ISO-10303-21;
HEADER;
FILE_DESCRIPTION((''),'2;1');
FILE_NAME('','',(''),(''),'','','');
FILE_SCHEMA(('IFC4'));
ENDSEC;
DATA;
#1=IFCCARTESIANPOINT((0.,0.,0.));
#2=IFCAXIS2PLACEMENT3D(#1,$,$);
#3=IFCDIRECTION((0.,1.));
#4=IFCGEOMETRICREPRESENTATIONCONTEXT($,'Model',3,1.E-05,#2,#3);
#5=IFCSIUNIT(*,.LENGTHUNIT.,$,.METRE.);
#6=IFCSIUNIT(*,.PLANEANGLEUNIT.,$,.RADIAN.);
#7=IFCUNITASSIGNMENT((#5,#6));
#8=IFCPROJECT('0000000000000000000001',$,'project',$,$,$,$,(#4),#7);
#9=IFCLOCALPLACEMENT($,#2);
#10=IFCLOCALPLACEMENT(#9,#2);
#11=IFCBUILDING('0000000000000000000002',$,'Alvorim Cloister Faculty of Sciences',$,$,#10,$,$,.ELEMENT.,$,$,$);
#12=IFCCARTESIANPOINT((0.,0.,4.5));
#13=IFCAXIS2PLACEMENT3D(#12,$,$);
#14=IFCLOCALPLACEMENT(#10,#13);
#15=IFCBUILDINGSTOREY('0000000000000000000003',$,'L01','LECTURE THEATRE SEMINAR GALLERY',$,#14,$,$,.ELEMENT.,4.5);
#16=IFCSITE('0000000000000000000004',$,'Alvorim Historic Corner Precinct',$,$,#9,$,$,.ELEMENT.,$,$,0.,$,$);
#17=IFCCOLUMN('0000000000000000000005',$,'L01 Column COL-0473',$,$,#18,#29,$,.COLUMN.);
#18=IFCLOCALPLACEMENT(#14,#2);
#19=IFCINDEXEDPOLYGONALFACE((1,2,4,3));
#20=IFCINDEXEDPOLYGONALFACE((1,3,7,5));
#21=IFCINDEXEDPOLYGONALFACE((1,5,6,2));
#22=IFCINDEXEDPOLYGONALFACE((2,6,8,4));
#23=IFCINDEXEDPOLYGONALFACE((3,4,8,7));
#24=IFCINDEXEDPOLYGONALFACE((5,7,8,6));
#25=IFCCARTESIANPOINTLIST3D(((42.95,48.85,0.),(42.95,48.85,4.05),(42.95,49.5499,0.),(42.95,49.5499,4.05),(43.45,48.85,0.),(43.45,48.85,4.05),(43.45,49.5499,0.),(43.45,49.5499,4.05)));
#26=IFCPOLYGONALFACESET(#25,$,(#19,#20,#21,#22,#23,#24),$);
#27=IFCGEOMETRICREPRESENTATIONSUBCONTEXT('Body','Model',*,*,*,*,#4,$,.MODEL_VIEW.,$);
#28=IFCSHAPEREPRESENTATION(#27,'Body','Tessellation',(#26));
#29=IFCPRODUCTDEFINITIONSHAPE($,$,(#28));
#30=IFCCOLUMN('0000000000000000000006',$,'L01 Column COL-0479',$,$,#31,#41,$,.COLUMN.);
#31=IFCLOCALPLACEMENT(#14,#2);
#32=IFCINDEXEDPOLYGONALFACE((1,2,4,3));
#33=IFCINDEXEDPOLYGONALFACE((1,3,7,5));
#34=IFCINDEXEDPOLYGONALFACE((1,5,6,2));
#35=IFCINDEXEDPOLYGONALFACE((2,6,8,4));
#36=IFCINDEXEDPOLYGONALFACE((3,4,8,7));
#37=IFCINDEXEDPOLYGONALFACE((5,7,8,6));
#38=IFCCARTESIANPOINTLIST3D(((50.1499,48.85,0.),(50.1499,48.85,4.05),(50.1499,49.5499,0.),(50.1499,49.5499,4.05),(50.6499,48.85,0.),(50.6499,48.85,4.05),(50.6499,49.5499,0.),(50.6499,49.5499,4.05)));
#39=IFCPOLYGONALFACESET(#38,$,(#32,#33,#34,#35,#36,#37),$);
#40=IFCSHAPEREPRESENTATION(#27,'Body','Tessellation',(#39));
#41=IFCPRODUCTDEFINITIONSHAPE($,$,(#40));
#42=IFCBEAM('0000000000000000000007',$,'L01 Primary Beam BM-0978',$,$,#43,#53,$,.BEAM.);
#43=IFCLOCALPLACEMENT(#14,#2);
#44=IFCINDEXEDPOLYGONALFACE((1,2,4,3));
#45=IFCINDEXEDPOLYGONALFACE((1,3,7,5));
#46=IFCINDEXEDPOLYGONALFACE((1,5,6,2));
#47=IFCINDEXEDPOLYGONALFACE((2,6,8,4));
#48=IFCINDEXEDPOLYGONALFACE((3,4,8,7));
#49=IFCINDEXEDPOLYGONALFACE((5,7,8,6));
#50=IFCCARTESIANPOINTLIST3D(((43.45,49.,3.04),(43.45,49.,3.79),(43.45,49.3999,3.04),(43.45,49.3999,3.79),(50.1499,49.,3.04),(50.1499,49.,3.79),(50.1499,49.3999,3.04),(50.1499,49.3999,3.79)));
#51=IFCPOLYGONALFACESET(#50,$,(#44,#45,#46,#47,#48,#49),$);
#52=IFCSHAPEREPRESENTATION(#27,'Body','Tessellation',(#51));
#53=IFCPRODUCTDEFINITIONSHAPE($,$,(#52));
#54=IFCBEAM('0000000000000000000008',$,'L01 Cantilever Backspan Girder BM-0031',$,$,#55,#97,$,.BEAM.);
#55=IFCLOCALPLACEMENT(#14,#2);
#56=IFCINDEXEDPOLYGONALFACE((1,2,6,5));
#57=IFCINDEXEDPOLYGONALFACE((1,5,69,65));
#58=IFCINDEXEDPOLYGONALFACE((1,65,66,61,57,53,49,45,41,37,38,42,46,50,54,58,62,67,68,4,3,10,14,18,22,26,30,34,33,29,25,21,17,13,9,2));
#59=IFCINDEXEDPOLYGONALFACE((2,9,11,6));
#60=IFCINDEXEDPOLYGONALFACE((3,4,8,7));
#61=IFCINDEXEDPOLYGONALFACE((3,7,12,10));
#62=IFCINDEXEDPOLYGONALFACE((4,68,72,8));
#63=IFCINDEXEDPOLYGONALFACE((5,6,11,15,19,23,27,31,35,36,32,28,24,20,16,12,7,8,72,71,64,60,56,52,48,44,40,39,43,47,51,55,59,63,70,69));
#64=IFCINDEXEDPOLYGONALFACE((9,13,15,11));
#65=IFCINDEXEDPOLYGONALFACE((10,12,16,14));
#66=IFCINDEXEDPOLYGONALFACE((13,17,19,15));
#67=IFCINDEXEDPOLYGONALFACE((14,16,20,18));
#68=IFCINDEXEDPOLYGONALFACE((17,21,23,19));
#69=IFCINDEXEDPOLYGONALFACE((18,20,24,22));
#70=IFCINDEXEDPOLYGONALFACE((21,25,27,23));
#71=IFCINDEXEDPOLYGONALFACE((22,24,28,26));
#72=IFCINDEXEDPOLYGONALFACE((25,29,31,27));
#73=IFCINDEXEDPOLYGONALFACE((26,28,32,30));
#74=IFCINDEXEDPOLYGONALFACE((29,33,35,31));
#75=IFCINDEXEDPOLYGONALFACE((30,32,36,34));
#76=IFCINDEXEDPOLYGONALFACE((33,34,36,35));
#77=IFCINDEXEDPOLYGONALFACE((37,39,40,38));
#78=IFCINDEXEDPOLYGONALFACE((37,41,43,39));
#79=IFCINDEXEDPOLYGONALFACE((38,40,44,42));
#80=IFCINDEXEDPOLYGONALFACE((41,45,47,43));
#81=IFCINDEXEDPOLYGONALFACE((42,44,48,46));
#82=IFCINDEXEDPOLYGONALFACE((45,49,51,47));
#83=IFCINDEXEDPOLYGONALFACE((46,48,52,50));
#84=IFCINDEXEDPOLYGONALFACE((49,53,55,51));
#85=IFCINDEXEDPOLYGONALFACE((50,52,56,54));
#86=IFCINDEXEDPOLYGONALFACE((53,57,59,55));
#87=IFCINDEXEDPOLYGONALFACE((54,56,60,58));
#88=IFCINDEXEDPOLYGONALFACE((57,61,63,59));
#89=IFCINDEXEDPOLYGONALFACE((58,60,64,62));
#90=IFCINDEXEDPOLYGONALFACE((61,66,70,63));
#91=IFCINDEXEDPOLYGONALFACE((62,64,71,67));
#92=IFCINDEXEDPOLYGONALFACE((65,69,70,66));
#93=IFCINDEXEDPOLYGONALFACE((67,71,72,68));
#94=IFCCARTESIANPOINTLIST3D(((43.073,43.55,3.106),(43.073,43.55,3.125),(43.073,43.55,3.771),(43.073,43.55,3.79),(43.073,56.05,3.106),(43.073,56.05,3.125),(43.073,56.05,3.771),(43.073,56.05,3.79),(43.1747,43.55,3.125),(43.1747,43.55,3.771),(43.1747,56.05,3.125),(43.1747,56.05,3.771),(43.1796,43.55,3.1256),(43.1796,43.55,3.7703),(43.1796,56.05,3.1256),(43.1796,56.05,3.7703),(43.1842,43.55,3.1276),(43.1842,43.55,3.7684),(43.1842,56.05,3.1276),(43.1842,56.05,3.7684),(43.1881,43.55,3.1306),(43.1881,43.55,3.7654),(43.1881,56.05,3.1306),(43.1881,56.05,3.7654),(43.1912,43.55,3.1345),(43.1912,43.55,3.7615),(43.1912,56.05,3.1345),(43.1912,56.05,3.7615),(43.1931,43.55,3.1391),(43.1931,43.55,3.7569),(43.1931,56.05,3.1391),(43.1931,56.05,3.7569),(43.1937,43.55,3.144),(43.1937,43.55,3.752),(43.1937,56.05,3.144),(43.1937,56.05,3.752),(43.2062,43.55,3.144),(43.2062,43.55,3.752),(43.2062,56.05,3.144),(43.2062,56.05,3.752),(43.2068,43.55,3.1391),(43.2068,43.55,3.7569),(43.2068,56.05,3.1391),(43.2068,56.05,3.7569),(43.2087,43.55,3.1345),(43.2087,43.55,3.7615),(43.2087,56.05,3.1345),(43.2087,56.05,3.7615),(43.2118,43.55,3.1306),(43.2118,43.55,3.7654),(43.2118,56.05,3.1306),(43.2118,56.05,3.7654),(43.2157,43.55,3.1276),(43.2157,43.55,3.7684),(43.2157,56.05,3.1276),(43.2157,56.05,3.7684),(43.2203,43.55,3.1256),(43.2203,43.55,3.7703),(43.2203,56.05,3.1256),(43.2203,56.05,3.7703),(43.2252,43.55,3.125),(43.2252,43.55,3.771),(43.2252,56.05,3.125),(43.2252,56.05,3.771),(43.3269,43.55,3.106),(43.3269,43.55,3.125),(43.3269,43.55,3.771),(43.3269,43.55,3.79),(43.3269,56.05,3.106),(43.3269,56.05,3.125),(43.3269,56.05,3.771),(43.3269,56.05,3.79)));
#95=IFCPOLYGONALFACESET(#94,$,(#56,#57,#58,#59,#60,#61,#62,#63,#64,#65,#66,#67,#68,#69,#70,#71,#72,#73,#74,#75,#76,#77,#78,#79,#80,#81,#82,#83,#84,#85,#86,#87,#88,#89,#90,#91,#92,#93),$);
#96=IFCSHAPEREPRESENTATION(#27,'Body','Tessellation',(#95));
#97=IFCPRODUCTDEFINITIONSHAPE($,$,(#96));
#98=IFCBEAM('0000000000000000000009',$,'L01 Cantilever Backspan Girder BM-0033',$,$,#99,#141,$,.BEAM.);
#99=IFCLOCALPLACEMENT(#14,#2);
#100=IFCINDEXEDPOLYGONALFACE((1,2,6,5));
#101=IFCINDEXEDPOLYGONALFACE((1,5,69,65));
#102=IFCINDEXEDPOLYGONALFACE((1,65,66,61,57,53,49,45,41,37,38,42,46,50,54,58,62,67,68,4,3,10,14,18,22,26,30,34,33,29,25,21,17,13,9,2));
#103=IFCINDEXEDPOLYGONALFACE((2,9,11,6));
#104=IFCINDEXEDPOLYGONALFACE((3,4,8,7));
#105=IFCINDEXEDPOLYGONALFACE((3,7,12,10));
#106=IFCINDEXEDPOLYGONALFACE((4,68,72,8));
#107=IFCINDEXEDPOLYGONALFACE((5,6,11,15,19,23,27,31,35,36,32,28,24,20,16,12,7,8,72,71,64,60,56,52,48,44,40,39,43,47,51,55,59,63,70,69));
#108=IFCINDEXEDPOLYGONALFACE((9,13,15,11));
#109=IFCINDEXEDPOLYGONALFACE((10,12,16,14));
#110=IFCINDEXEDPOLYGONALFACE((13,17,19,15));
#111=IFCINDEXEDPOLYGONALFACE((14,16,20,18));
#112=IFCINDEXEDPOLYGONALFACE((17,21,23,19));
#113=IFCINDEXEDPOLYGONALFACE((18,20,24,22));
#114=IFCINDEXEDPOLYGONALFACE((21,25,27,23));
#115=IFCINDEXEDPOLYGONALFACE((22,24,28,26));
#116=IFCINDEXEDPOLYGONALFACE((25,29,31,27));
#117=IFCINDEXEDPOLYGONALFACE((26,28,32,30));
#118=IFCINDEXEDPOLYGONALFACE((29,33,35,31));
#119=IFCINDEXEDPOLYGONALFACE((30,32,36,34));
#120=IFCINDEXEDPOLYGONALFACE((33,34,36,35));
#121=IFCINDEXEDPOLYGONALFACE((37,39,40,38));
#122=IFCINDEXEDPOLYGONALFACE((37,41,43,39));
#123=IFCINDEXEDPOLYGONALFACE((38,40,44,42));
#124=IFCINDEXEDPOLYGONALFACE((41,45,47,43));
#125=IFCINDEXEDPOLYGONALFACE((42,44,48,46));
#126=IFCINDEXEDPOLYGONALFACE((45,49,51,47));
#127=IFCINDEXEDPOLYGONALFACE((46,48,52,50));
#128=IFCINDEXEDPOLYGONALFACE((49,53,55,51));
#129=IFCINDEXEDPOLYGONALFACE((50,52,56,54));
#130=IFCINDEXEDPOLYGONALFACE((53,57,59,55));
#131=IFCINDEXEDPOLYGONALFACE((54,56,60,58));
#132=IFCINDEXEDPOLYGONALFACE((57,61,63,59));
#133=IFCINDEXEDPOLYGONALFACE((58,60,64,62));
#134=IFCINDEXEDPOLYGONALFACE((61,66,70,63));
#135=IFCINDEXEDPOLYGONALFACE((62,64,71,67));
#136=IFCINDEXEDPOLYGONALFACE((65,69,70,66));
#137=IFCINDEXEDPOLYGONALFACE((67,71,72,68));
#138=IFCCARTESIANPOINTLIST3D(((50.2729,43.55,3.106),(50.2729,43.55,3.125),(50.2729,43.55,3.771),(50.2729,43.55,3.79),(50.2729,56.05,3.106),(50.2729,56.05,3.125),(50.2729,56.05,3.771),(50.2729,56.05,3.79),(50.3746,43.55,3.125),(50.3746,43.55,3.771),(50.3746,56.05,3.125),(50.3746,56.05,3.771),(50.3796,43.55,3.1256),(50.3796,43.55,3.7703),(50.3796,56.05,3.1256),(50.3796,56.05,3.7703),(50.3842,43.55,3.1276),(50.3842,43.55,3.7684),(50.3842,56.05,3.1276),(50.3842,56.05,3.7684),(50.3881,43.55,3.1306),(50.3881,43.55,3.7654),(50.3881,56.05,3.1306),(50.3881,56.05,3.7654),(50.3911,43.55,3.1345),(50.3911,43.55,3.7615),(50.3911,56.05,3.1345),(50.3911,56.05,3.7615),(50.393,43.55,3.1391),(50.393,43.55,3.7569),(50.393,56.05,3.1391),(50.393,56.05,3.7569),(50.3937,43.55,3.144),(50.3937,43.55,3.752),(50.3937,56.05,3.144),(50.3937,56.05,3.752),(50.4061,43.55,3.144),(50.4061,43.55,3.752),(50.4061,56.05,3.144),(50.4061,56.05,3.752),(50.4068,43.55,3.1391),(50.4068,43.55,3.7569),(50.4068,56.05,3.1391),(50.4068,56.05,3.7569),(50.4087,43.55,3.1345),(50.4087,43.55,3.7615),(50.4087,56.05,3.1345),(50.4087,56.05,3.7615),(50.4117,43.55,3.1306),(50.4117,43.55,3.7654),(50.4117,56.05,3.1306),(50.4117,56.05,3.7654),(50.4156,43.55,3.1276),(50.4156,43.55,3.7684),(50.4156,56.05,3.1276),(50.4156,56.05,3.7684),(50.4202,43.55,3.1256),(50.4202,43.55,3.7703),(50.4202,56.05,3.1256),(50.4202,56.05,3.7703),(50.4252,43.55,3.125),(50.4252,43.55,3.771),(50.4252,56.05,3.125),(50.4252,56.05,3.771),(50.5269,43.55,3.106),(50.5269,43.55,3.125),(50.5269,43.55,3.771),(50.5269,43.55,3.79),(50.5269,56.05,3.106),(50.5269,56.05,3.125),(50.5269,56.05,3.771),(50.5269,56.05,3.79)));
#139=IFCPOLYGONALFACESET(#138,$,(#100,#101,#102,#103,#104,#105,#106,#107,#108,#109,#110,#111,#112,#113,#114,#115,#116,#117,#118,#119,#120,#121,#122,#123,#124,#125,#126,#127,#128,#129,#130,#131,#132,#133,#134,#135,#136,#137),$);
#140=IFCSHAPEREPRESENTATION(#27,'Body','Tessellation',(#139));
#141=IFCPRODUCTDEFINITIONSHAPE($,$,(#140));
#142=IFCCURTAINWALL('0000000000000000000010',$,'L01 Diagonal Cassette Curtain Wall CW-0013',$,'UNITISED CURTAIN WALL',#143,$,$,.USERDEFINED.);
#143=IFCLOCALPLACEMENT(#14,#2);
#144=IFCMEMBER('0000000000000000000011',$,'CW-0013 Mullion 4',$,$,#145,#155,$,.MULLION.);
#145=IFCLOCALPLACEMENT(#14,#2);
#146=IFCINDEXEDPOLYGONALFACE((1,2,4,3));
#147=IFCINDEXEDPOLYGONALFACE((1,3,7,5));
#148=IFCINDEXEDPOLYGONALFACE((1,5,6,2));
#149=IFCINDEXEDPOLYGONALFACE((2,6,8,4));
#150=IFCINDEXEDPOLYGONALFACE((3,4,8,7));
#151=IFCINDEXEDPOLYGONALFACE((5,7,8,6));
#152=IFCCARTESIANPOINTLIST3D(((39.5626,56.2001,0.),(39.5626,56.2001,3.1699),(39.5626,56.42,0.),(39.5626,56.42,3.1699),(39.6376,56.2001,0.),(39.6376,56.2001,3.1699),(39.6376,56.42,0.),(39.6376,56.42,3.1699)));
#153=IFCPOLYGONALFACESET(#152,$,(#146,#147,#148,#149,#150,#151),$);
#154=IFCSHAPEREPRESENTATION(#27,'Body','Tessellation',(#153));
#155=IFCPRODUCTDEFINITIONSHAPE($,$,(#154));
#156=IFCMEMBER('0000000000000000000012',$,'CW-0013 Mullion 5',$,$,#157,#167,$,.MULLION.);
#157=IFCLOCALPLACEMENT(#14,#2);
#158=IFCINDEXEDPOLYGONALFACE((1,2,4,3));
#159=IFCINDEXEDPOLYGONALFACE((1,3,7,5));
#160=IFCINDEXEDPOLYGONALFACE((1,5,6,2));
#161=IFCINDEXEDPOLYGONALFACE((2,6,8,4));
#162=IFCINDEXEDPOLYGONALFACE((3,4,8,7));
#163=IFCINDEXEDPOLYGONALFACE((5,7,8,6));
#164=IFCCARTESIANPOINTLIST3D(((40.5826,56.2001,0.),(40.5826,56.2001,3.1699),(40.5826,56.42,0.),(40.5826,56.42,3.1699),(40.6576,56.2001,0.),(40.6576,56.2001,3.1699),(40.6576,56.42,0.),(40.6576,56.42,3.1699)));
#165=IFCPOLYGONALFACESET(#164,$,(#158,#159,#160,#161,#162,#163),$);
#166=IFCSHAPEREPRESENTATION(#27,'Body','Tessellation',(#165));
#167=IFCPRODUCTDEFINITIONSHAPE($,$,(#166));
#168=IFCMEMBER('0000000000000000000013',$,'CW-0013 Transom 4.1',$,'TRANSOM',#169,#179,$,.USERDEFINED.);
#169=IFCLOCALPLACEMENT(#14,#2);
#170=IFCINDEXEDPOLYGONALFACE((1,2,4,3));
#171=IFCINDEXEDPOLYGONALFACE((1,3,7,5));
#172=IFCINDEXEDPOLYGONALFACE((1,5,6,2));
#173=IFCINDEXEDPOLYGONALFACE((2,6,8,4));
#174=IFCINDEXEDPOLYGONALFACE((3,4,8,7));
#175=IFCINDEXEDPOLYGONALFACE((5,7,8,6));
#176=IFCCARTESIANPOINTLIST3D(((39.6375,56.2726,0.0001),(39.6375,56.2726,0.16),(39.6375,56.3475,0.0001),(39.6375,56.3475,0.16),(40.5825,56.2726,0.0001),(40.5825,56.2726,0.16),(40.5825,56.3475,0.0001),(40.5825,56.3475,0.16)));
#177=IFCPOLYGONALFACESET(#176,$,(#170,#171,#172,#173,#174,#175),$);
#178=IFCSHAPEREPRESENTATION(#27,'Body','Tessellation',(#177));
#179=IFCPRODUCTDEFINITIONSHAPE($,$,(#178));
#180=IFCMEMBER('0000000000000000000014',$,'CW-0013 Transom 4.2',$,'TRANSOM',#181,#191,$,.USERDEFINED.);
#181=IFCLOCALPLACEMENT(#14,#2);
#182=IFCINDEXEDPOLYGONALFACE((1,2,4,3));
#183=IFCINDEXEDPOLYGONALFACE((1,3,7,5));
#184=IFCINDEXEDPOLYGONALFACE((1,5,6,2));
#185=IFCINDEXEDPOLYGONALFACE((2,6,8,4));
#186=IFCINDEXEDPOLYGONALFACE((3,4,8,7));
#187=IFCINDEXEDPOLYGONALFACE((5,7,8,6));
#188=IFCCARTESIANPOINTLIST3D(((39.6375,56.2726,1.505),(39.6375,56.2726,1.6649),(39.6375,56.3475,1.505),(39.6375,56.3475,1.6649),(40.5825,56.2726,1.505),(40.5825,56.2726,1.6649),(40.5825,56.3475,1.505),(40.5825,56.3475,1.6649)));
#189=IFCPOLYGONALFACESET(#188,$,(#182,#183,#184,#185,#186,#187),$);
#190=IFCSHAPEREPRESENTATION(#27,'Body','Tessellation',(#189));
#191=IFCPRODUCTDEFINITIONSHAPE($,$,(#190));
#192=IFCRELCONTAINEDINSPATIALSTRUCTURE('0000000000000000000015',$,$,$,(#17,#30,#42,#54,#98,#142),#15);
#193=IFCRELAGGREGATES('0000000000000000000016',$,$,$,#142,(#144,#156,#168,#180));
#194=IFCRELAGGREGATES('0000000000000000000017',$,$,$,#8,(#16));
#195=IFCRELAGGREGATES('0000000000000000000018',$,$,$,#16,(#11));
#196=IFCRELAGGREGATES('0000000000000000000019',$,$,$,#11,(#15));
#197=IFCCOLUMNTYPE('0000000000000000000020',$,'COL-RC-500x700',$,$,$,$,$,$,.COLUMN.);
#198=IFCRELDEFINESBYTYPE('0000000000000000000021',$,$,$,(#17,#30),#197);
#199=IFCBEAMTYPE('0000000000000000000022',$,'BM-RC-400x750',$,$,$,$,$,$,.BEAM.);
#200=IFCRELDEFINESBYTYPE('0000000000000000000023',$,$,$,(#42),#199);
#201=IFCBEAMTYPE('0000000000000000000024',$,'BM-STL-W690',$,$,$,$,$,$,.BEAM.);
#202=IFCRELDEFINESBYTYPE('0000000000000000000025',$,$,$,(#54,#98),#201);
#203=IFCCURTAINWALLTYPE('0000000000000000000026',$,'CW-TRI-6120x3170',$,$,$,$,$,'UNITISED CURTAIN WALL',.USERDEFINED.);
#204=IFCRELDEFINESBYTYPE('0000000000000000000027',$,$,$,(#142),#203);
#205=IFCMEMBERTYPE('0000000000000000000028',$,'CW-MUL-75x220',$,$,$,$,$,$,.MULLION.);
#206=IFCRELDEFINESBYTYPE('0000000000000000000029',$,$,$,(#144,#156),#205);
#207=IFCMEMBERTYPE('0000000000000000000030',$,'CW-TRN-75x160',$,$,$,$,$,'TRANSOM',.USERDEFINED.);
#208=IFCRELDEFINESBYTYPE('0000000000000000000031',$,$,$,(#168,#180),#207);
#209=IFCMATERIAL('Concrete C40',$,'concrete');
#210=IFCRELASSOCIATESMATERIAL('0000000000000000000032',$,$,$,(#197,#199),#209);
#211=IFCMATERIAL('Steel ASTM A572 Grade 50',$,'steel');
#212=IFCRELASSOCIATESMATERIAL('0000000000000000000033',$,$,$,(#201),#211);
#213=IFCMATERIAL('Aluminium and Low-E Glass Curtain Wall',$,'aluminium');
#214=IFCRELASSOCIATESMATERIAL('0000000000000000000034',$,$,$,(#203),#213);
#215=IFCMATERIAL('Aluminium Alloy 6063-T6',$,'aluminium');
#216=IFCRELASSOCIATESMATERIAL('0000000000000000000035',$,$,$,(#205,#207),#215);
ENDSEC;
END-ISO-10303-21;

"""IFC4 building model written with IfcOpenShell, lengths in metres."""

from ifc_helpers import new_model, si_unit, direction, frame, origin, origin_2d, place, context, subcontext, project, spatial, rectangle, i_section, extrude, material, material_profile, profile_set, type_object, element, aggregate, save


model = new_model("IFC4")

# Units and contexts
model_context = context("Model", 3, precision=1e-05, world=origin(), true_north=direction((0.0, 1.0)))
body_context = subcontext(model_context, "Body", "Model", "MODEL_VIEW")
ifc_project = project(units=[si_unit("LENGTHUNIT", "METRE"), si_unit("PLANEANGLEUNIT", "RADIAN")], contexts=[model_context])

# Site, building, storey
site_placement = place(None, origin())
site = spatial("IfcSite", under=ifc_project, at=site_placement, Name="Alvorim Historic Corner Precinct", CompositionType="ELEMENT", RefElevation=0.0)
building_placement = place(site_placement, origin())
building = spatial("IfcBuilding", under=site, at=building_placement, Name="Alvorim Cloister Faculty of Sciences", CompositionType="ELEMENT")
storey_placement = place(building_placement, frame((0.0, 0.0, 4.5)))
storey = spatial("IfcBuildingStorey", under=building, at=storey_placement, Name="L01", Description="LECTURE THEATRE SEMINAR GALLERY", CompositionType="ELEMENT", Elevation=4.5)

# Columns
ifc_material_1 = material(Name="Concrete C40", Category="concrete")
ifc_material_profile_1 = material_profile(ifc_material_1, rectangle(XDim=0.5, YDim=0.7, at=origin_2d()), Name="RC40-COL-500x700")
ifc_profile_set_1 = profile_set([ifc_material_profile_1], Name="Concrete C40")
column_type = type_object("IfcColumnType", Name="COL-RC-500x700", PredefinedType="COLUMN", material=ifc_profile_set_1)
for number, where, z_axis, x_axis, name in (
    (1, (43.2, 49.2, 0.0), (0.0, 0.0, 1.0), (1.0, 0.0, 0.0), "L01 Column COL-0473"),
    (2, (50.3999, 49.2, 0.0), (0.0, 0.0, 1.0), (1.0, 0.0, 0.0), "L01 Column COL-0479"),
):
    element("IfcColumn", number, at=place(storey_placement, frame(where, z_axis=z_axis, x_axis=x_axis)), inside=storey, type_object=column_type, Name=name, PredefinedType="COLUMN", context=body_context, shape_type="SweptSolid", body=[
        extrude(rectangle(XDim=0.5, YDim=0.7, at=origin_2d()), origin(), (0.0, 0.0, 1.0), 4.05),
    ])

# Beams
ifc_material_profile_2 = material_profile(ifc_material_1, rectangle(XDim=0.3999, YDim=0.75, at=origin_2d()), Name="RC40-BM-400x750")
ifc_profile_set_2 = profile_set([ifc_material_profile_2], Name="Concrete C40")
beam_type_1 = type_object("IfcBeamType", Name="BM-RC-400x750", PredefinedType="BEAM", material=ifc_profile_set_2)
beam_placement = place(storey_placement, frame((43.45, 49.2, 3.415), z_axis=(1.0, 0.0, 0.0), x_axis=(0.0, 1.0, 0.0)))
element("IfcBeam", 3, at=beam_placement, inside=storey, type_object=beam_type_1, Name="L01 Primary Beam BM-0978", PredefinedType="BEAM", context=body_context, shape_type="SweptSolid", body=[
    extrude(rectangle(XDim=0.3999, YDim=0.75, at=origin_2d()), origin(), (0.0, 0.0, 1.0), 6.7),
])
ifc_material_2 = material(Name="Steel ASTM A572 Grade 50", Category="steel")
ifc_material_profile_3 = material_profile(ifc_material_2, i_section(OverallWidth=0.2539, OverallDepth=0.6841, WebThickness=0.0125, FlangeThickness=0.019, FilletRadius=0.019, at=origin_2d()), Name="W690x140.0")
ifc_profile_set_3 = profile_set([ifc_material_profile_3], Name="Steel ASTM A572 Grade 50")
beam_type_2 = type_object("IfcBeamType", Name="BM-STL-W690", PredefinedType="BEAM", material=ifc_profile_set_3)
for number, where, z_axis, x_axis, name in (
    (4, (43.2, 43.55, 3.448), (0.0, 1.0, 0.0), (-1.0, 0.0, 0.0), "L01 Cantilever Backspan Girder BM-0031"),
    (5, (50.3999, 43.55, 3.448), (0.0, 1.0, 0.0), (-1.0, 0.0, 0.0), "L01 Cantilever Backspan Girder BM-0033"),
):
    element("IfcBeam", number, at=place(storey_placement, frame(where, z_axis=z_axis, x_axis=x_axis)), inside=storey, type_object=beam_type_2, Name=name, PredefinedType="BEAM", context=body_context, shape_type="SweptSolid", body=[
        extrude(i_section(OverallWidth=0.2539, OverallDepth=0.6841, WebThickness=0.0125, FlangeThickness=0.019, FilletRadius=0.019, at=origin_2d()), origin(), (0.0, 0.0, 1.0), 12.5),
    ])

# Curtain wall, members
ifc_material_3 = material(Name="Aluminium and Low-E Glass Curtain Wall", Category="aluminium")
curtain_wall_type = type_object("IfcCurtainWallType", Name="CW-TRI-6120x3170", ElementType="UNITISED CURTAIN WALL", PredefinedType="USERDEFINED", material=ifc_material_3)
curtain_wall_placement = place(storey_placement, origin())
curtain_wall = element("IfcCurtainWall", 6, at=curtain_wall_placement, inside=storey, type_object=curtain_wall_type, Name="L01 Diagonal Cassette Curtain Wall CW-0013", ObjectType="UNITISED CURTAIN WALL", PredefinedType="USERDEFINED")
ifc_material_4 = material(Name="Aluminium Alloy 6063-T6", Category="aluminium")
ifc_material_profile_4 = material_profile(ifc_material_4, rectangle(XDim=0.075, YDim=0.22, at=origin_2d()), Name="ALU-MUL-75x220")
ifc_profile_set_4 = profile_set([ifc_material_profile_4], Name="Aluminium Alloy 6063-T6")
member_type_1 = type_object("IfcMemberType", Name="CW-MUL-75x220", PredefinedType="MULLION", material=ifc_profile_set_4)
member_1_placement = place(storey_placement, frame((39.6001, 56.3101, 0.0), z_axis=(0.0, 0.0, 1.0), x_axis=(1.0, 0.0, 0.0)))
member_1 = element("IfcMember", 7, at=member_1_placement, type_object=member_type_1, Name="CW-0013 Mullion 4", PredefinedType="MULLION", context=body_context, shape_type="SweptSolid", body=[
    extrude(rectangle(XDim=0.075, YDim=0.22, at=origin_2d()), origin(), (0.0, 0.0, 1.0), 3.1699),
])
member_2_placement = place(storey_placement, frame((40.6201, 56.3101, 0.0), z_axis=(0.0, 0.0, 1.0), x_axis=(1.0, 0.0, 0.0)))
member_2 = element("IfcMember", 8, at=member_2_placement, type_object=member_type_1, Name="CW-0013 Mullion 5", PredefinedType="MULLION", context=body_context, shape_type="SweptSolid", body=[
    extrude(rectangle(XDim=0.075, YDim=0.22, at=origin_2d()), origin(), (0.0, 0.0, 1.0), 3.1699),
])
ifc_material_profile_5 = material_profile(ifc_material_4, rectangle(XDim=0.075, YDim=0.1599, at=origin_2d()), Name="ALU-TRN-75x160")
ifc_profile_set_5 = profile_set([ifc_material_profile_5], Name="Aluminium Alloy 6063-T6")
member_type_2 = type_object("IfcMemberType", Name="CW-TRN-75x160", ElementType="TRANSOM", PredefinedType="USERDEFINED", material=ifc_profile_set_5)
member_3_placement = place(storey_placement, frame((39.6375, 56.3101, 0.0801), z_axis=(1.0, 0.0, 0.0), x_axis=(0.0, 1.0, 0.0)))
member_3 = element("IfcMember", 9, at=member_3_placement, type_object=member_type_2, Name="CW-0013 Transom 4.1", ObjectType="TRANSOM", PredefinedType="USERDEFINED", context=body_context, shape_type="SweptSolid", body=[
    extrude(rectangle(XDim=0.075, YDim=0.1599, at=origin_2d()), origin(), (0.0, 0.0, 1.0), 0.9451),
])
member_4_placement = place(storey_placement, frame((39.6375, 56.3101, 1.585), z_axis=(1.0, 0.0, 0.0), x_axis=(0.0, 1.0, 0.0)))
member_4 = element("IfcMember", 10, at=member_4_placement, type_object=member_type_2, Name="CW-0013 Transom 4.2", ObjectType="TRANSOM", PredefinedType="USERDEFINED", context=body_context, shape_type="SweptSolid", body=[
    extrude(rectangle(XDim=0.075, YDim=0.1599, at=origin_2d()), origin(), (0.0, 0.0, 1.0), 0.9451),
])
aggregate(curtain_wall, [member_1, member_2, member_3, member_4])

save(model, "model.ifc")
